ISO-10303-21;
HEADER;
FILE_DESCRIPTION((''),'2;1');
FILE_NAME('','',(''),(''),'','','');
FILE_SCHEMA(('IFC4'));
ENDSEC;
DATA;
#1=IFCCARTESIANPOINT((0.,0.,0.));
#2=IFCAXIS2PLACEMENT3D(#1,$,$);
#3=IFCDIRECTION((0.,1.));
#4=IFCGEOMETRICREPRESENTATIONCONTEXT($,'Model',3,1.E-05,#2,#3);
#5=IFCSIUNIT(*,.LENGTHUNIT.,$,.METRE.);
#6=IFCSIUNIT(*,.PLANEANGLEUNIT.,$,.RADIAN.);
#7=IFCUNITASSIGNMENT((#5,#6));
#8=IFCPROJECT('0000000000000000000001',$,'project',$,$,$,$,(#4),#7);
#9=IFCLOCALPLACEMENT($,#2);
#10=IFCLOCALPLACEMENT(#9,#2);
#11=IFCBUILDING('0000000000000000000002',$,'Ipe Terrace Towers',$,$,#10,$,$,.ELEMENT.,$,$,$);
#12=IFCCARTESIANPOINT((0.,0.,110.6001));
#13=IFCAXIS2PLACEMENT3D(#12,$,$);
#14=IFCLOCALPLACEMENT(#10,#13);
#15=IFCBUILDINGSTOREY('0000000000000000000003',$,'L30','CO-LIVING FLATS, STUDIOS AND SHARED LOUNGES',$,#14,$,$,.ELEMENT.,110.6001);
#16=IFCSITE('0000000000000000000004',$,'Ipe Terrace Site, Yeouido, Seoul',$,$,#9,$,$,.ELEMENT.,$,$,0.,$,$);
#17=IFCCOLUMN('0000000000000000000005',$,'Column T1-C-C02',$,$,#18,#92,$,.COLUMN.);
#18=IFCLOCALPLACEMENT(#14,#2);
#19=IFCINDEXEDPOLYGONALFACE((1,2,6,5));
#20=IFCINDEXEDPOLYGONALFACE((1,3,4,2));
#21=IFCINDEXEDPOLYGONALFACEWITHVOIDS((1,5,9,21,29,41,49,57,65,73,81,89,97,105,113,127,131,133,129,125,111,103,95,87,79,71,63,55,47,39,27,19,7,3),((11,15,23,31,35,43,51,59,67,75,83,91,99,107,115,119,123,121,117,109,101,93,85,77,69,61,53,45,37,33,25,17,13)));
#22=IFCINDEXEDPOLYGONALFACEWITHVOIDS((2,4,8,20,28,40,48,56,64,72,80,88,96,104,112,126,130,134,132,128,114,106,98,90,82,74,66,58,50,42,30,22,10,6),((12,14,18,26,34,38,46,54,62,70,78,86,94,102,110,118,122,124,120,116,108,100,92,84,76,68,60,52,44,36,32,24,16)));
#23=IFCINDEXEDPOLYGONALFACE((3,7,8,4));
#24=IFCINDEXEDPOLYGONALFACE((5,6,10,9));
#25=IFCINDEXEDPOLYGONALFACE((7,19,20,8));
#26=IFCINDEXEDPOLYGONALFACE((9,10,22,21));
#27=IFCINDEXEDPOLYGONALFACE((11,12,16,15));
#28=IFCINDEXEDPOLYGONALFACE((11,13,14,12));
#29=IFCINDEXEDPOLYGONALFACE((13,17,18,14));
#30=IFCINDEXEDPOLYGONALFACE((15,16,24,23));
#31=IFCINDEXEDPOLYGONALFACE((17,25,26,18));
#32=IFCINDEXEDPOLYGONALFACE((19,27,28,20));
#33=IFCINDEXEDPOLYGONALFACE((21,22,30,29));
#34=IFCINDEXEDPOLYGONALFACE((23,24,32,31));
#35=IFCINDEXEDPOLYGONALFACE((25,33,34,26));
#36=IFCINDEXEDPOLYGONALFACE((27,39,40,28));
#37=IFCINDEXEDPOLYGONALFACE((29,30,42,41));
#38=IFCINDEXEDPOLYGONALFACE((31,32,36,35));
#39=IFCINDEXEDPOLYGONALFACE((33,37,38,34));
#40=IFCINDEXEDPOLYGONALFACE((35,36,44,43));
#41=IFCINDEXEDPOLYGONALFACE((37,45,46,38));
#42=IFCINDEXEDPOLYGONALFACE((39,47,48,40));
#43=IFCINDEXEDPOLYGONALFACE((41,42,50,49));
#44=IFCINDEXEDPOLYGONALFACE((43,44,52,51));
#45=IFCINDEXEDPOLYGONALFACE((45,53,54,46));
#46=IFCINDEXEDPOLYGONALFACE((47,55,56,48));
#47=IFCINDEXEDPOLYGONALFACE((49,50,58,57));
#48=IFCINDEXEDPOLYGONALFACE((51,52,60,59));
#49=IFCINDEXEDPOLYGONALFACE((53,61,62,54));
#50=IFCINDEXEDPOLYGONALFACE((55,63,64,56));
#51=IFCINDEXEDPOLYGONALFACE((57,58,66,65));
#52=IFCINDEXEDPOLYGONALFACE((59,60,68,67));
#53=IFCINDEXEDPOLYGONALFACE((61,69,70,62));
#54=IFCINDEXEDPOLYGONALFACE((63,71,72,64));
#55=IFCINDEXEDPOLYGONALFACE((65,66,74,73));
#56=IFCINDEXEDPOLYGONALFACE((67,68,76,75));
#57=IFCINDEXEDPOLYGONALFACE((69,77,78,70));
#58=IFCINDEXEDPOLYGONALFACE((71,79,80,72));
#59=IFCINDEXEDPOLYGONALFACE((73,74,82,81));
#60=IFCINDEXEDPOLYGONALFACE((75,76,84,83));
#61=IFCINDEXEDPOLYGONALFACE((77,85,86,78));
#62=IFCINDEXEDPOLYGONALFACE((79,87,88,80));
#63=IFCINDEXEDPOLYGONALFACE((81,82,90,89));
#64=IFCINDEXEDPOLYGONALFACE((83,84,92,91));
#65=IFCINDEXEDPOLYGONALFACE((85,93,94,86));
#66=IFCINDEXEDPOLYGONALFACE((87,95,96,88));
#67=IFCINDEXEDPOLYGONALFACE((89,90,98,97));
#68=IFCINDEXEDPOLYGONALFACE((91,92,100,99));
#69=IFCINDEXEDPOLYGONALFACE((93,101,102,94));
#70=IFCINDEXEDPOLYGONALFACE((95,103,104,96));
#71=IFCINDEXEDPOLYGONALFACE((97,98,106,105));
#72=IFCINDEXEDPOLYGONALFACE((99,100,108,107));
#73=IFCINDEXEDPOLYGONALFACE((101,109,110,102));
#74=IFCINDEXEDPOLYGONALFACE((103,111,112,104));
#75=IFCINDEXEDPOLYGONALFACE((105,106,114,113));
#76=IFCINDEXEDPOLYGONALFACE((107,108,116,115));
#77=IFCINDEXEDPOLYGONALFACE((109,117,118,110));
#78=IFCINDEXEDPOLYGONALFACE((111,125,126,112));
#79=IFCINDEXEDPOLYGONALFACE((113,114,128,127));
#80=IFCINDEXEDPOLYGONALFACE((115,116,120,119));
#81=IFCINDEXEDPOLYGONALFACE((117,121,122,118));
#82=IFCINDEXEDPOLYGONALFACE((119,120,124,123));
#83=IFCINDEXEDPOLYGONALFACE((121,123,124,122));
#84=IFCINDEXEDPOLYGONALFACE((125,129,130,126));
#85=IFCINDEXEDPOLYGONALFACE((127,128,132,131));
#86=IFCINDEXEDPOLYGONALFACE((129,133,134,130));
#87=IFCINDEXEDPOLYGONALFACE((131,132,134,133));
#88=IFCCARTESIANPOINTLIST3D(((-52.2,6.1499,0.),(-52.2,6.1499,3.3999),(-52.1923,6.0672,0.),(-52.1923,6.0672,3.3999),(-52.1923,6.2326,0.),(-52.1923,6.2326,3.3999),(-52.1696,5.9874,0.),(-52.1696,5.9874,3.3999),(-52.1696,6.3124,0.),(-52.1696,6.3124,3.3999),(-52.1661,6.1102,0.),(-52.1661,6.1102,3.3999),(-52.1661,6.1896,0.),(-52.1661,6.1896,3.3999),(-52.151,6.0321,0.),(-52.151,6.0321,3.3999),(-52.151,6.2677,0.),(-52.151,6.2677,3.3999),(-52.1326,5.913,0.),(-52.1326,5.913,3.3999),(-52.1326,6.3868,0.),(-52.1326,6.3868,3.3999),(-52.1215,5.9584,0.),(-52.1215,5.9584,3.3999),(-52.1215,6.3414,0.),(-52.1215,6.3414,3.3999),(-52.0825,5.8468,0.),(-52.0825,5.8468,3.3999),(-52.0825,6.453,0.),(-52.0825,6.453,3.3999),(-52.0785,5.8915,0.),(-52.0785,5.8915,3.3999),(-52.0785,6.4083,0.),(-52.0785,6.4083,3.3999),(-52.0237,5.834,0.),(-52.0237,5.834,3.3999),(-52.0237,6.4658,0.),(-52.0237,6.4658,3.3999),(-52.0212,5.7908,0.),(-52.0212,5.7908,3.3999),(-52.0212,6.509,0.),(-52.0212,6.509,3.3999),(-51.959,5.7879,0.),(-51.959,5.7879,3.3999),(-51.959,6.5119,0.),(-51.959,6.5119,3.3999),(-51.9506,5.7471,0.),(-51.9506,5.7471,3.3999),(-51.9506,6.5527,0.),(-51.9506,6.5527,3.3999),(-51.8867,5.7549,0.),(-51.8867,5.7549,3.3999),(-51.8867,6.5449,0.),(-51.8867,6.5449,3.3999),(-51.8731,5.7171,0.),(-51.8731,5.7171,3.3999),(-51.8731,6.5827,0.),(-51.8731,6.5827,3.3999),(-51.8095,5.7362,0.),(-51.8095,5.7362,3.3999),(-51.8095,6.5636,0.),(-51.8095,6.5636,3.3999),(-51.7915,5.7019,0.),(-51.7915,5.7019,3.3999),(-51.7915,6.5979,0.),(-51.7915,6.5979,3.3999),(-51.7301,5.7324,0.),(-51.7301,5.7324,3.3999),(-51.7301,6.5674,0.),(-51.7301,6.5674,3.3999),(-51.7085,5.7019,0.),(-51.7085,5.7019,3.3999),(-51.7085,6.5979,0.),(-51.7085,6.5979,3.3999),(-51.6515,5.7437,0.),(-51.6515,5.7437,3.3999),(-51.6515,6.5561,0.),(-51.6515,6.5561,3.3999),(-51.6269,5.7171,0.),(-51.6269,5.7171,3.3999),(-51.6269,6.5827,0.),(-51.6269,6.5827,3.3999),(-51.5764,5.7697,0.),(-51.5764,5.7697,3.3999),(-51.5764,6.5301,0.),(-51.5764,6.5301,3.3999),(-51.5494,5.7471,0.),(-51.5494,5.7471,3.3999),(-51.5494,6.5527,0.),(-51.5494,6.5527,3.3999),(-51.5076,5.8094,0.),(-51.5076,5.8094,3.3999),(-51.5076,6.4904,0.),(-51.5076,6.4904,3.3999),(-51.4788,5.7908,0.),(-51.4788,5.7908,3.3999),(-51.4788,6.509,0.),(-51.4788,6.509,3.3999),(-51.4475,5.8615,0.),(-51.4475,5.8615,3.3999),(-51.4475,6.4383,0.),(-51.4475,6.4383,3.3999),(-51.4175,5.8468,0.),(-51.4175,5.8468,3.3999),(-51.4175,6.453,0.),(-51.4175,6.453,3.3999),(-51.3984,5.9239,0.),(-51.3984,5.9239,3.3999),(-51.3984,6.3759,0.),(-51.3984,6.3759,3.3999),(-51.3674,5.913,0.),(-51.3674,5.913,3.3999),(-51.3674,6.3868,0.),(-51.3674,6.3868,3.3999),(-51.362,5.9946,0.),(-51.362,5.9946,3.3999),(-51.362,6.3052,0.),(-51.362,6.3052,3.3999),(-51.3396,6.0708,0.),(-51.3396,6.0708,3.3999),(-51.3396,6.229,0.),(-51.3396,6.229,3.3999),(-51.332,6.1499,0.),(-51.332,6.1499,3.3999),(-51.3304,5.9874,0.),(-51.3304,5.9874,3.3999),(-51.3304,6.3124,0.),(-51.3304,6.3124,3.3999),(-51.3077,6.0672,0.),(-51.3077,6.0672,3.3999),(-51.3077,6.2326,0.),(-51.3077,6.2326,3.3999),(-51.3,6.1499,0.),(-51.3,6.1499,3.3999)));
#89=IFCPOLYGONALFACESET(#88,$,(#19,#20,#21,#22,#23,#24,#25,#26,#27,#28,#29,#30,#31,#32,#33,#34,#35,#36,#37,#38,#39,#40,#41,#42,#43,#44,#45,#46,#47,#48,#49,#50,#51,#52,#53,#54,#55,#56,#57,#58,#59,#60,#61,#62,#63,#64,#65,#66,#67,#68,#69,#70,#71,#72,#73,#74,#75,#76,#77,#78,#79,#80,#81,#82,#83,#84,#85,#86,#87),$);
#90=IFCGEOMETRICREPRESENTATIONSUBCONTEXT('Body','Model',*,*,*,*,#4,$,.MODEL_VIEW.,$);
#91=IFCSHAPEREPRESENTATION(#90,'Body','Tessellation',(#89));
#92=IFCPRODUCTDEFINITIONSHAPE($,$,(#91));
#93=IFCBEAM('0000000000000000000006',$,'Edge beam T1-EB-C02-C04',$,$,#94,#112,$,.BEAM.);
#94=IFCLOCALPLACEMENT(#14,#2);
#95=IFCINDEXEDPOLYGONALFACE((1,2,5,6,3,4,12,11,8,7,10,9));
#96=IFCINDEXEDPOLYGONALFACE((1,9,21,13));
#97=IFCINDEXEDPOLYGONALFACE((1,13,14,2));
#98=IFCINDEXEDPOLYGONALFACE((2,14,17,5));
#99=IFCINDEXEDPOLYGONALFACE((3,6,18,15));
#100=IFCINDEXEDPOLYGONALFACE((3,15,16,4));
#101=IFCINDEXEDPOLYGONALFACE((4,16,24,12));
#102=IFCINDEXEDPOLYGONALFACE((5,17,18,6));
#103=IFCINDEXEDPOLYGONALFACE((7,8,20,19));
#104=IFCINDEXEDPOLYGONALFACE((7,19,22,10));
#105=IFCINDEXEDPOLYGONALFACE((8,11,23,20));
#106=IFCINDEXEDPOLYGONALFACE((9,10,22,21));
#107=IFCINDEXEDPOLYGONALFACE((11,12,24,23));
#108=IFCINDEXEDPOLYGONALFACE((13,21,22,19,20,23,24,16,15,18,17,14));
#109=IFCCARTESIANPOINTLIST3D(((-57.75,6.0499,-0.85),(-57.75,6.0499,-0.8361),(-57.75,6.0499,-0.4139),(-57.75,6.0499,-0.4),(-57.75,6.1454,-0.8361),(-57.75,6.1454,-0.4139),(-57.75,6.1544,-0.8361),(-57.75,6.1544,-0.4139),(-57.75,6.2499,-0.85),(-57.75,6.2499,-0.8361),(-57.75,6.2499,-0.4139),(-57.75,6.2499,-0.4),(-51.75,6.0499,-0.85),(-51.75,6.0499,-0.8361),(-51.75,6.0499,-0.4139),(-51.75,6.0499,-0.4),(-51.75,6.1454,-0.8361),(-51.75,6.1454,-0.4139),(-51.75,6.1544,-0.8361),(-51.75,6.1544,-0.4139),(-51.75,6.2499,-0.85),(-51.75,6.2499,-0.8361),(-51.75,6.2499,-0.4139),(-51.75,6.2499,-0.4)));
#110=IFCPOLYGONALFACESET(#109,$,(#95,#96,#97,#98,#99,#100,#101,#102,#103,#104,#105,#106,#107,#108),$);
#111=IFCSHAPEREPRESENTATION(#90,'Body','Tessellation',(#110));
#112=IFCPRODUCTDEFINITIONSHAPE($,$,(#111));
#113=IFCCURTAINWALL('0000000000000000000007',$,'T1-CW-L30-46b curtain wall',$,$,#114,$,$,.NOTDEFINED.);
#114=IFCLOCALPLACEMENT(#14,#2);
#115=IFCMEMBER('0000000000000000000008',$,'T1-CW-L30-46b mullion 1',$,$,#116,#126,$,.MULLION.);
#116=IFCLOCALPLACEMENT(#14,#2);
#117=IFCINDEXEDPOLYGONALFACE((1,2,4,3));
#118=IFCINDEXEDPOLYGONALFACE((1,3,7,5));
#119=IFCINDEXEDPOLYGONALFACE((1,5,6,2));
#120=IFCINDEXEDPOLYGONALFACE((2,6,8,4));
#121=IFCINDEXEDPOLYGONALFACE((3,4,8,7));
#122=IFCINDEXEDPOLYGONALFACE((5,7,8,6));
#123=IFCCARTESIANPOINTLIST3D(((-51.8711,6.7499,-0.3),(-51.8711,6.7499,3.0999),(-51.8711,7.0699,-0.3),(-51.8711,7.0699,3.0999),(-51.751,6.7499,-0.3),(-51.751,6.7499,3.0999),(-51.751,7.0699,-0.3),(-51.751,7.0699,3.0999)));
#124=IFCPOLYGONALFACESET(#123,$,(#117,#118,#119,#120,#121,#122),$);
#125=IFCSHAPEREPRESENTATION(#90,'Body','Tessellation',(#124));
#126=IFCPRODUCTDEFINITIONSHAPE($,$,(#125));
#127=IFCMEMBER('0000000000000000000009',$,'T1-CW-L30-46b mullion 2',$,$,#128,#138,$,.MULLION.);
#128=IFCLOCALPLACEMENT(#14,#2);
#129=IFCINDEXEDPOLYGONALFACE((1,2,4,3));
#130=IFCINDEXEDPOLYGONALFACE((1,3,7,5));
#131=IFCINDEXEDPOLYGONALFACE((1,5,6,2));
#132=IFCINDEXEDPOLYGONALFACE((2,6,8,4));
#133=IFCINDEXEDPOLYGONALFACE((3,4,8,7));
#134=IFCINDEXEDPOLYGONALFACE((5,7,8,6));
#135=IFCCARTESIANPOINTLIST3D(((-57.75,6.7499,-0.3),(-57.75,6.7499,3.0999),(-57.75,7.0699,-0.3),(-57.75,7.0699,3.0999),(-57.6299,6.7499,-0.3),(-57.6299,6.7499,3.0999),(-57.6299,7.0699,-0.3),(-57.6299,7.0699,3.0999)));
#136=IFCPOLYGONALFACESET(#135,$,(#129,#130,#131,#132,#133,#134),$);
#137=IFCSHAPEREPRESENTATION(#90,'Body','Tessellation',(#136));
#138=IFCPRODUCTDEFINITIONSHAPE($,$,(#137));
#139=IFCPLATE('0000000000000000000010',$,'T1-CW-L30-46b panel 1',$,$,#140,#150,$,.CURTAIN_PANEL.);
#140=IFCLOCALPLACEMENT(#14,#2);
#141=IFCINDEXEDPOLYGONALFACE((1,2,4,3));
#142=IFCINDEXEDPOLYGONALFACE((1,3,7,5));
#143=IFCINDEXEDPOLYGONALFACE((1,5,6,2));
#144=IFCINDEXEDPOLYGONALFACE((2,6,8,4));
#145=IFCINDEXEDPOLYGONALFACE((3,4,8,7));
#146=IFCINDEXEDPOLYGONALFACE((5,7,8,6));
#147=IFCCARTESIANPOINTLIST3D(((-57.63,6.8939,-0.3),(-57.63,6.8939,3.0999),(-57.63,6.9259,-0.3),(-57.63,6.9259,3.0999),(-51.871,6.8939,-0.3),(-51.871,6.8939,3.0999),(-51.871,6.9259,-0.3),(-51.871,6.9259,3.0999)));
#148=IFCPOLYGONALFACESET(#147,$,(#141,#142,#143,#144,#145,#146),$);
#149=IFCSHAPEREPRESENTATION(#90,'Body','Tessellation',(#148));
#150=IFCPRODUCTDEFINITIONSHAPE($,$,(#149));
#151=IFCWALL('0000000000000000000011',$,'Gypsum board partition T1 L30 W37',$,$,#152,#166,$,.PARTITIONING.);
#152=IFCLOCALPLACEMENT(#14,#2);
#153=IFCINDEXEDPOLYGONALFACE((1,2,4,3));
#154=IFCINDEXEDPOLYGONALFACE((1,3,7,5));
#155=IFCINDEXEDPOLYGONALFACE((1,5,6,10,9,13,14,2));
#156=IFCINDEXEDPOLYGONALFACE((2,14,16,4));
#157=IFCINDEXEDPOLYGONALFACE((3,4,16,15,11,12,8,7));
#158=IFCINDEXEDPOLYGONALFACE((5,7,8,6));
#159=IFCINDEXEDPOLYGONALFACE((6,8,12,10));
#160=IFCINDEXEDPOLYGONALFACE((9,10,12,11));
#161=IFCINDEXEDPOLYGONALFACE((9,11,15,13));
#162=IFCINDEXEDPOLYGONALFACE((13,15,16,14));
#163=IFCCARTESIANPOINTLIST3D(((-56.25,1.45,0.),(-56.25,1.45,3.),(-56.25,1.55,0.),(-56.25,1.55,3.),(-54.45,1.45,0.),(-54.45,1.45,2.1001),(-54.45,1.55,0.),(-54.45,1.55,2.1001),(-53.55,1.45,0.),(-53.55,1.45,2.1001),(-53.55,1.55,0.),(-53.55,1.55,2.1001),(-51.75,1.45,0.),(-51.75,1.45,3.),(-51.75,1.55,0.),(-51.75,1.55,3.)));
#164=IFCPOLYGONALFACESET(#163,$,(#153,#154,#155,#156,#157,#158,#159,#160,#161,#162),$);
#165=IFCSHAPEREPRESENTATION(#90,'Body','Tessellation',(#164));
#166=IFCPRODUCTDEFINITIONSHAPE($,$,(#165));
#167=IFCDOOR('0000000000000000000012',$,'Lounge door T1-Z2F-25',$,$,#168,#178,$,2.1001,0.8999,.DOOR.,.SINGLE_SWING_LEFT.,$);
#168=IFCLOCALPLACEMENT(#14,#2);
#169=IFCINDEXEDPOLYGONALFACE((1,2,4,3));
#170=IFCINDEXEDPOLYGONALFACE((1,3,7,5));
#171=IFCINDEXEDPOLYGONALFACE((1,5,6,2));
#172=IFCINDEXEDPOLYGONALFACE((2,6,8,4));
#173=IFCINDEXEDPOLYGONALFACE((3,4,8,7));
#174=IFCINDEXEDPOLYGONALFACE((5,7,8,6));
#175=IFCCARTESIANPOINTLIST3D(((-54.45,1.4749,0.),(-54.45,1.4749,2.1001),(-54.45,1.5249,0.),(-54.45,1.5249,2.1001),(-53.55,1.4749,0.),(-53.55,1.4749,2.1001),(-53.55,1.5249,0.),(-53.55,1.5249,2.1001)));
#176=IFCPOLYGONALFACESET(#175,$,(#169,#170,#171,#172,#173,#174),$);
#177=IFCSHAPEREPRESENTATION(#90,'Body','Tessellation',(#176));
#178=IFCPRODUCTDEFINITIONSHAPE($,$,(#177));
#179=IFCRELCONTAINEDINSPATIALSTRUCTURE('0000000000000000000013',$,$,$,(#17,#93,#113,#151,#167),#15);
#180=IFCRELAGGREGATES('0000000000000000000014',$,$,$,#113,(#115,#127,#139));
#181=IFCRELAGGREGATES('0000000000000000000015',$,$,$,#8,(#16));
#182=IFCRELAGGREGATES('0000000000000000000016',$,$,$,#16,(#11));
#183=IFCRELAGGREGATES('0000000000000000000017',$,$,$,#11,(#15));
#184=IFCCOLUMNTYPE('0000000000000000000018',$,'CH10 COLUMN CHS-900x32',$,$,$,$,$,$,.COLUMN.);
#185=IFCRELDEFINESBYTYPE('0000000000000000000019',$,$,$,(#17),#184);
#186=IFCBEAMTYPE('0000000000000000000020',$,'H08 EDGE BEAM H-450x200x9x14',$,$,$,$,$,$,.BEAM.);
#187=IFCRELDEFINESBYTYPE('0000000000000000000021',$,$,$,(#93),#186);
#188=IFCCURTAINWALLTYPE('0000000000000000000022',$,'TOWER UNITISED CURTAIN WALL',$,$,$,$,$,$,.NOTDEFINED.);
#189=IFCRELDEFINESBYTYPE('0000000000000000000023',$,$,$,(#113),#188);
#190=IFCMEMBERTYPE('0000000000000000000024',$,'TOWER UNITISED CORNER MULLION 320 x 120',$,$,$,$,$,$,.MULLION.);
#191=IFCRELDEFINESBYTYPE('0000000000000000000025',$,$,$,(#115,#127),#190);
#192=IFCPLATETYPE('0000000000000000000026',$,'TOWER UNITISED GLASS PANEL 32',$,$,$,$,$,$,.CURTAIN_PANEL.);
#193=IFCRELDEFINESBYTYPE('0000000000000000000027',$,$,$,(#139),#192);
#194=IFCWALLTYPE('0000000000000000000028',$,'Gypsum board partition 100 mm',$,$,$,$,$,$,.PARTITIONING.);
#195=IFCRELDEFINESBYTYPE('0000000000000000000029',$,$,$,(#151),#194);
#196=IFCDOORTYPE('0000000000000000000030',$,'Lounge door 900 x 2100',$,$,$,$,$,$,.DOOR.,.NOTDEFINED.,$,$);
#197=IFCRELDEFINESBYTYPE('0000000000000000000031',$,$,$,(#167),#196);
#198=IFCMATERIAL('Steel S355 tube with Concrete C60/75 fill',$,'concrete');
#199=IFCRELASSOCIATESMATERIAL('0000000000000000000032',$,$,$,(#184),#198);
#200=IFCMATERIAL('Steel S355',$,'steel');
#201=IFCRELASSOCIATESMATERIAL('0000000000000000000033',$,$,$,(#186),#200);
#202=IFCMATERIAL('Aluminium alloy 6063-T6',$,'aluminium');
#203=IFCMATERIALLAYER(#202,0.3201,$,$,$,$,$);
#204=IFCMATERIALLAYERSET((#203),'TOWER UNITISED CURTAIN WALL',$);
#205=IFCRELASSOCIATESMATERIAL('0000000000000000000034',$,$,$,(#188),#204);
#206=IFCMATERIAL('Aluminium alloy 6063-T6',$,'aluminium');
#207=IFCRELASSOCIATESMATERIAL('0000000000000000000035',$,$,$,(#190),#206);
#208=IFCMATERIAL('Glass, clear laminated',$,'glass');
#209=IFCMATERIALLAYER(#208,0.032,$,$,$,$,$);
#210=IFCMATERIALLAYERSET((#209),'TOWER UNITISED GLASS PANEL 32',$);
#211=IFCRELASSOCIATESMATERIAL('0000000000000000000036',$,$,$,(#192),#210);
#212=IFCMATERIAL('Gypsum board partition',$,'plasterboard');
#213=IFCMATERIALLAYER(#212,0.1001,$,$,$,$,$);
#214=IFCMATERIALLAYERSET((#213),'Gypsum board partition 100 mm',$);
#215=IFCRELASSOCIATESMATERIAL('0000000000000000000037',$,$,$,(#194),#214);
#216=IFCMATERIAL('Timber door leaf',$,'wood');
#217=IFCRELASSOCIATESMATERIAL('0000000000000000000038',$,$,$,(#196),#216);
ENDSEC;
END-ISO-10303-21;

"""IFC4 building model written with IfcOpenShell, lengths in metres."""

from ifc_helpers import new_model, si_unit, direction, frame, frame_2d, origin, origin_2d, place, context, subcontext, project, spatial, rectangle, hollow_circle, i_section, extrude, material, layer, layer_set, material_profile, profile_set, type_object, element, fill, aggregate, save


model = new_model("IFC4")

# Units and contexts
model_context = context("Model", 3, precision=1e-05, world=origin(), true_north=direction((0.0, 1.0)))
body_context = subcontext(model_context, "Body", "Model", "MODEL_VIEW")
ifc_project = project(units=[si_unit("LENGTHUNIT", "METRE"), si_unit("PLANEANGLEUNIT", "RADIAN")], contexts=[model_context])

# Site, building, storey
site_placement = place(None, origin())
site = spatial("IfcSite", under=ifc_project, at=site_placement, Name="Ipe Terrace Site, Yeouido, Seoul", CompositionType="ELEMENT", RefElevation=0.0)
building_placement = place(site_placement, origin())
building = spatial("IfcBuilding", under=site, at=building_placement, Name="Ipe Terrace Towers", CompositionType="ELEMENT")
storey_placement = place(building_placement, frame((0.0, 0.0, 110.6001)))
storey = spatial("IfcBuildingStorey", under=building, at=storey_placement, Name="L30", Description="CO-LIVING FLATS, STUDIOS AND SHARED LOUNGES", CompositionType="ELEMENT", Elevation=110.6001)

# Column
ifc_material_1 = material(Name="Steel S355 tube with Concrete C60/75 fill", Category="concrete")
ifc_material_profile_1 = material_profile(ifc_material_1, hollow_circle(Radius=0.45, WallThickness=0.032, at=origin_2d()), Name="CHS-900x32")
ifc_profile_set_1 = profile_set([ifc_material_profile_1], Name="Steel S355 tube with Concrete C60/75 fill")
column_type = type_object("IfcColumnType", Name="CH10 COLUMN CHS-900x32", PredefinedType="COLUMN", material=ifc_profile_set_1)
column_placement = place(storey_placement, frame((-51.75, 6.1499, 0.0), z_axis=(0.0, 0.0, 1.0), x_axis=(1.0, 0.0, 0.0)))
element("IfcColumn", 1, at=column_placement, inside=storey, type_object=column_type, Name="Column T1-C-C02", PredefinedType="COLUMN", context=body_context, shape_type="SweptSolid", body=[
    extrude(hollow_circle(Radius=0.45, WallThickness=0.032, at=origin_2d()), origin(), (0.0, 0.0, 1.0), 3.3999),
])

# Beam
ifc_material_2 = material(Name="Steel S355", Category="steel")
ifc_material_profile_2 = material_profile(ifc_material_2, i_section(OverallWidth=0.2, OverallDepth=0.45, WebThickness=0.009, FlangeThickness=0.0139, at=origin_2d()), Name="H-450x200x9x14")
ifc_profile_set_2 = profile_set([ifc_material_profile_2], Name="Steel S355")
beam_type = type_object("IfcBeamType", Name="H08 EDGE BEAM H-450x200x9x14", PredefinedType="BEAM", material=ifc_profile_set_2)
beam_placement = place(storey_placement, frame((-51.75, 6.1499, -0.625), z_axis=(-1.0, 0.0, 0.0), x_axis=(0.0, -1.0, 0.0)))
element("IfcBeam", 2, at=beam_placement, inside=storey, type_object=beam_type, Name="Edge beam T1-EB-C02-C04", PredefinedType="BEAM", context=body_context, shape_type="SweptSolid", body=[
    extrude(i_section(OverallWidth=0.2, OverallDepth=0.45, WebThickness=0.009, FlangeThickness=0.0139, at=origin_2d()), origin(), (0.0, 0.0, 1.0), 6.0),
])

# Curtain wall, members, plate
ifc_material_3 = material(Name="Aluminium alloy 6063-T6", Category="aluminium")
ifc_layer_1 = layer(ifc_material_3, 0.3201)
ifc_layer_set_1 = layer_set([ifc_layer_1], Name="TOWER UNITISED CURTAIN WALL")
curtain_wall_type = type_object("IfcCurtainWallType", Name="TOWER UNITISED CURTAIN WALL", PredefinedType="NOTDEFINED", material=ifc_layer_set_1)
curtain_wall_placement = place(storey_placement, origin())
curtain_wall = element("IfcCurtainWall", 3, at=curtain_wall_placement, inside=storey, type_object=curtain_wall_type, Name="T1-CW-L30-46b curtain wall", PredefinedType="NOTDEFINED")
ifc_material_4 = material(Name="Aluminium alloy 6063-T6", Category="aluminium")
ifc_material_profile_3 = material_profile(ifc_material_4, rectangle(XDim=0.3201, YDim=0.1201, at=origin_2d()), Name="TOWER UNITISED CORNER MULLION 320 x 120")
ifc_profile_set_3 = profile_set([ifc_material_profile_3], Name="Aluminium alloy 6063-T6")
member_type = type_object("IfcMemberType", Name="TOWER UNITISED CORNER MULLION 320 x 120", PredefinedType="MULLION", material=ifc_profile_set_3)
member_1_placement = place(storey_placement, frame((-51.811, 6.9099, -0.3), z_axis=(0.0, 0.0, 1.0), x_axis=(0.0, 1.0, 0.0)))
member_1 = element("IfcMember", 4, at=member_1_placement, type_object=member_type, Name="T1-CW-L30-46b mullion 1", PredefinedType="MULLION", context=body_context, shape_type="SweptSolid", body=[
    extrude(rectangle(XDim=0.3201, YDim=0.1201, at=origin_2d()), origin(), (0.0, 0.0, 1.0), 3.3999),
])
member_2_placement = place(storey_placement, frame((-57.6899, 6.9099, -0.3), z_axis=(0.0, 0.0, 1.0), x_axis=(0.0, 1.0, 0.0)))
member_2 = element("IfcMember", 5, at=member_2_placement, type_object=member_type, Name="T1-CW-L30-46b mullion 2", PredefinedType="MULLION", context=body_context, shape_type="SweptSolid", body=[
    extrude(rectangle(XDim=0.3201, YDim=0.1201, at=origin_2d()), origin(), (0.0, 0.0, 1.0), 3.3999),
])
ifc_material_5 = material(Name="Glass, clear laminated", Category="glass")
ifc_layer_2 = layer(ifc_material_5, 0.032)
ifc_layer_set_2 = layer_set([ifc_layer_2], Name="TOWER UNITISED GLASS PANEL 32")
plate_type = type_object("IfcPlateType", Name="TOWER UNITISED GLASS PANEL 32", PredefinedType="CURTAIN_PANEL", material=ifc_layer_set_2)
plate_placement = place(storey_placement, frame((-54.7505, 6.9099, -0.3), z_axis=(0.0, 0.0, 1.0), x_axis=(-1.0, 0.0, 0.0)))
plate = element("IfcPlate", 6, at=plate_placement, type_object=plate_type, Name="T1-CW-L30-46b panel 1", PredefinedType="CURTAIN_PANEL", context=body_context, shape_type="SweptSolid", body=[
    extrude(rectangle(XDim=5.759, YDim=0.032, at=origin_2d()), origin(), (0.0, 0.0, 1.0), 3.3999),
])
aggregate(curtain_wall, [member_1, member_2, plate])

# Wall, opening, door
ifc_material_6 = material(Name="Gypsum board partition", Category="plasterboard")
ifc_layer_3 = layer(ifc_material_6, 0.1001)
ifc_layer_set_3 = layer_set([ifc_layer_3], Name="Gypsum board partition 100 mm")
wall_type_1 = type_object("IfcWallType", Name="Gypsum board partition 100 mm", PredefinedType="PARTITIONING", material=ifc_layer_set_3)
wall_1_placement = place(storey_placement, frame((-56.25, 1.5, 0.0), z_axis=(0.0, 0.0, 1.0), x_axis=(1.0, 0.0, 0.0)))
wall_1 = element("IfcWall", 7, at=wall_1_placement, inside=storey, type_object=wall_type_1, Name="Gypsum board partition T1 L30 W37", PredefinedType="PARTITIONING", context=body_context, shape_type="SweptSolid", body=[
    extrude(rectangle(XDim=4.5, YDim=0.1001, at=frame_2d((2.25, 0.0))), origin(), (0.0, 0.0, 1.0), 3.0),
])
opening_1_placement = place(wall_1_placement, frame((1.8, 0.0, 0.0)))
opening_1 = element("IfcOpeningElement", 8, at=opening_1_placement, cuts=wall_1, PredefinedType="OPENING", context=body_context, shape_type="SweptSolid", body=[
    extrude(rectangle(XDim=0.8999, YDim=2.1001, at=frame_2d((0.45, 1.05))), frame((0.0, 0.0601, 0.0), z_axis=(0.0, -1.0, 0.0), x_axis=(1.0, 0.0, 0.0)), (0.0, 0.0, 1.0), 0.1201),
])
ifc_material_7 = material(Name="Timber door leaf", Category="wood")
door_type_1 = type_object("IfcDoorType", Name="Lounge door 900 x 2100", OperationType="NOTDEFINED", PredefinedType="DOOR", material=ifc_material_7)
door_1_placement = place(opening_1_placement, origin())
door_1 = element("IfcDoor", 9, at=door_1_placement, inside=storey, type_object=door_type_1, Name="Lounge door T1-Z2F-25", OperationType="SINGLE_SWING_LEFT", OverallHeight=2.1001, OverallWidth=0.8999, PredefinedType="DOOR", context=body_context, shape_type="SweptSolid", body=[
    extrude(rectangle(XDim=0.8999, YDim=2.1001, at=frame_2d((0.45, 1.05))), frame((0.0, 0.0249, 0.0), z_axis=(0.0, -1.0, 0.0), x_axis=(1.0, 0.0, 0.0)), (0.0, 0.0, 1.0), 0.05),
])
fill(opening_1, door_1)

save(model, "model.ifc")
